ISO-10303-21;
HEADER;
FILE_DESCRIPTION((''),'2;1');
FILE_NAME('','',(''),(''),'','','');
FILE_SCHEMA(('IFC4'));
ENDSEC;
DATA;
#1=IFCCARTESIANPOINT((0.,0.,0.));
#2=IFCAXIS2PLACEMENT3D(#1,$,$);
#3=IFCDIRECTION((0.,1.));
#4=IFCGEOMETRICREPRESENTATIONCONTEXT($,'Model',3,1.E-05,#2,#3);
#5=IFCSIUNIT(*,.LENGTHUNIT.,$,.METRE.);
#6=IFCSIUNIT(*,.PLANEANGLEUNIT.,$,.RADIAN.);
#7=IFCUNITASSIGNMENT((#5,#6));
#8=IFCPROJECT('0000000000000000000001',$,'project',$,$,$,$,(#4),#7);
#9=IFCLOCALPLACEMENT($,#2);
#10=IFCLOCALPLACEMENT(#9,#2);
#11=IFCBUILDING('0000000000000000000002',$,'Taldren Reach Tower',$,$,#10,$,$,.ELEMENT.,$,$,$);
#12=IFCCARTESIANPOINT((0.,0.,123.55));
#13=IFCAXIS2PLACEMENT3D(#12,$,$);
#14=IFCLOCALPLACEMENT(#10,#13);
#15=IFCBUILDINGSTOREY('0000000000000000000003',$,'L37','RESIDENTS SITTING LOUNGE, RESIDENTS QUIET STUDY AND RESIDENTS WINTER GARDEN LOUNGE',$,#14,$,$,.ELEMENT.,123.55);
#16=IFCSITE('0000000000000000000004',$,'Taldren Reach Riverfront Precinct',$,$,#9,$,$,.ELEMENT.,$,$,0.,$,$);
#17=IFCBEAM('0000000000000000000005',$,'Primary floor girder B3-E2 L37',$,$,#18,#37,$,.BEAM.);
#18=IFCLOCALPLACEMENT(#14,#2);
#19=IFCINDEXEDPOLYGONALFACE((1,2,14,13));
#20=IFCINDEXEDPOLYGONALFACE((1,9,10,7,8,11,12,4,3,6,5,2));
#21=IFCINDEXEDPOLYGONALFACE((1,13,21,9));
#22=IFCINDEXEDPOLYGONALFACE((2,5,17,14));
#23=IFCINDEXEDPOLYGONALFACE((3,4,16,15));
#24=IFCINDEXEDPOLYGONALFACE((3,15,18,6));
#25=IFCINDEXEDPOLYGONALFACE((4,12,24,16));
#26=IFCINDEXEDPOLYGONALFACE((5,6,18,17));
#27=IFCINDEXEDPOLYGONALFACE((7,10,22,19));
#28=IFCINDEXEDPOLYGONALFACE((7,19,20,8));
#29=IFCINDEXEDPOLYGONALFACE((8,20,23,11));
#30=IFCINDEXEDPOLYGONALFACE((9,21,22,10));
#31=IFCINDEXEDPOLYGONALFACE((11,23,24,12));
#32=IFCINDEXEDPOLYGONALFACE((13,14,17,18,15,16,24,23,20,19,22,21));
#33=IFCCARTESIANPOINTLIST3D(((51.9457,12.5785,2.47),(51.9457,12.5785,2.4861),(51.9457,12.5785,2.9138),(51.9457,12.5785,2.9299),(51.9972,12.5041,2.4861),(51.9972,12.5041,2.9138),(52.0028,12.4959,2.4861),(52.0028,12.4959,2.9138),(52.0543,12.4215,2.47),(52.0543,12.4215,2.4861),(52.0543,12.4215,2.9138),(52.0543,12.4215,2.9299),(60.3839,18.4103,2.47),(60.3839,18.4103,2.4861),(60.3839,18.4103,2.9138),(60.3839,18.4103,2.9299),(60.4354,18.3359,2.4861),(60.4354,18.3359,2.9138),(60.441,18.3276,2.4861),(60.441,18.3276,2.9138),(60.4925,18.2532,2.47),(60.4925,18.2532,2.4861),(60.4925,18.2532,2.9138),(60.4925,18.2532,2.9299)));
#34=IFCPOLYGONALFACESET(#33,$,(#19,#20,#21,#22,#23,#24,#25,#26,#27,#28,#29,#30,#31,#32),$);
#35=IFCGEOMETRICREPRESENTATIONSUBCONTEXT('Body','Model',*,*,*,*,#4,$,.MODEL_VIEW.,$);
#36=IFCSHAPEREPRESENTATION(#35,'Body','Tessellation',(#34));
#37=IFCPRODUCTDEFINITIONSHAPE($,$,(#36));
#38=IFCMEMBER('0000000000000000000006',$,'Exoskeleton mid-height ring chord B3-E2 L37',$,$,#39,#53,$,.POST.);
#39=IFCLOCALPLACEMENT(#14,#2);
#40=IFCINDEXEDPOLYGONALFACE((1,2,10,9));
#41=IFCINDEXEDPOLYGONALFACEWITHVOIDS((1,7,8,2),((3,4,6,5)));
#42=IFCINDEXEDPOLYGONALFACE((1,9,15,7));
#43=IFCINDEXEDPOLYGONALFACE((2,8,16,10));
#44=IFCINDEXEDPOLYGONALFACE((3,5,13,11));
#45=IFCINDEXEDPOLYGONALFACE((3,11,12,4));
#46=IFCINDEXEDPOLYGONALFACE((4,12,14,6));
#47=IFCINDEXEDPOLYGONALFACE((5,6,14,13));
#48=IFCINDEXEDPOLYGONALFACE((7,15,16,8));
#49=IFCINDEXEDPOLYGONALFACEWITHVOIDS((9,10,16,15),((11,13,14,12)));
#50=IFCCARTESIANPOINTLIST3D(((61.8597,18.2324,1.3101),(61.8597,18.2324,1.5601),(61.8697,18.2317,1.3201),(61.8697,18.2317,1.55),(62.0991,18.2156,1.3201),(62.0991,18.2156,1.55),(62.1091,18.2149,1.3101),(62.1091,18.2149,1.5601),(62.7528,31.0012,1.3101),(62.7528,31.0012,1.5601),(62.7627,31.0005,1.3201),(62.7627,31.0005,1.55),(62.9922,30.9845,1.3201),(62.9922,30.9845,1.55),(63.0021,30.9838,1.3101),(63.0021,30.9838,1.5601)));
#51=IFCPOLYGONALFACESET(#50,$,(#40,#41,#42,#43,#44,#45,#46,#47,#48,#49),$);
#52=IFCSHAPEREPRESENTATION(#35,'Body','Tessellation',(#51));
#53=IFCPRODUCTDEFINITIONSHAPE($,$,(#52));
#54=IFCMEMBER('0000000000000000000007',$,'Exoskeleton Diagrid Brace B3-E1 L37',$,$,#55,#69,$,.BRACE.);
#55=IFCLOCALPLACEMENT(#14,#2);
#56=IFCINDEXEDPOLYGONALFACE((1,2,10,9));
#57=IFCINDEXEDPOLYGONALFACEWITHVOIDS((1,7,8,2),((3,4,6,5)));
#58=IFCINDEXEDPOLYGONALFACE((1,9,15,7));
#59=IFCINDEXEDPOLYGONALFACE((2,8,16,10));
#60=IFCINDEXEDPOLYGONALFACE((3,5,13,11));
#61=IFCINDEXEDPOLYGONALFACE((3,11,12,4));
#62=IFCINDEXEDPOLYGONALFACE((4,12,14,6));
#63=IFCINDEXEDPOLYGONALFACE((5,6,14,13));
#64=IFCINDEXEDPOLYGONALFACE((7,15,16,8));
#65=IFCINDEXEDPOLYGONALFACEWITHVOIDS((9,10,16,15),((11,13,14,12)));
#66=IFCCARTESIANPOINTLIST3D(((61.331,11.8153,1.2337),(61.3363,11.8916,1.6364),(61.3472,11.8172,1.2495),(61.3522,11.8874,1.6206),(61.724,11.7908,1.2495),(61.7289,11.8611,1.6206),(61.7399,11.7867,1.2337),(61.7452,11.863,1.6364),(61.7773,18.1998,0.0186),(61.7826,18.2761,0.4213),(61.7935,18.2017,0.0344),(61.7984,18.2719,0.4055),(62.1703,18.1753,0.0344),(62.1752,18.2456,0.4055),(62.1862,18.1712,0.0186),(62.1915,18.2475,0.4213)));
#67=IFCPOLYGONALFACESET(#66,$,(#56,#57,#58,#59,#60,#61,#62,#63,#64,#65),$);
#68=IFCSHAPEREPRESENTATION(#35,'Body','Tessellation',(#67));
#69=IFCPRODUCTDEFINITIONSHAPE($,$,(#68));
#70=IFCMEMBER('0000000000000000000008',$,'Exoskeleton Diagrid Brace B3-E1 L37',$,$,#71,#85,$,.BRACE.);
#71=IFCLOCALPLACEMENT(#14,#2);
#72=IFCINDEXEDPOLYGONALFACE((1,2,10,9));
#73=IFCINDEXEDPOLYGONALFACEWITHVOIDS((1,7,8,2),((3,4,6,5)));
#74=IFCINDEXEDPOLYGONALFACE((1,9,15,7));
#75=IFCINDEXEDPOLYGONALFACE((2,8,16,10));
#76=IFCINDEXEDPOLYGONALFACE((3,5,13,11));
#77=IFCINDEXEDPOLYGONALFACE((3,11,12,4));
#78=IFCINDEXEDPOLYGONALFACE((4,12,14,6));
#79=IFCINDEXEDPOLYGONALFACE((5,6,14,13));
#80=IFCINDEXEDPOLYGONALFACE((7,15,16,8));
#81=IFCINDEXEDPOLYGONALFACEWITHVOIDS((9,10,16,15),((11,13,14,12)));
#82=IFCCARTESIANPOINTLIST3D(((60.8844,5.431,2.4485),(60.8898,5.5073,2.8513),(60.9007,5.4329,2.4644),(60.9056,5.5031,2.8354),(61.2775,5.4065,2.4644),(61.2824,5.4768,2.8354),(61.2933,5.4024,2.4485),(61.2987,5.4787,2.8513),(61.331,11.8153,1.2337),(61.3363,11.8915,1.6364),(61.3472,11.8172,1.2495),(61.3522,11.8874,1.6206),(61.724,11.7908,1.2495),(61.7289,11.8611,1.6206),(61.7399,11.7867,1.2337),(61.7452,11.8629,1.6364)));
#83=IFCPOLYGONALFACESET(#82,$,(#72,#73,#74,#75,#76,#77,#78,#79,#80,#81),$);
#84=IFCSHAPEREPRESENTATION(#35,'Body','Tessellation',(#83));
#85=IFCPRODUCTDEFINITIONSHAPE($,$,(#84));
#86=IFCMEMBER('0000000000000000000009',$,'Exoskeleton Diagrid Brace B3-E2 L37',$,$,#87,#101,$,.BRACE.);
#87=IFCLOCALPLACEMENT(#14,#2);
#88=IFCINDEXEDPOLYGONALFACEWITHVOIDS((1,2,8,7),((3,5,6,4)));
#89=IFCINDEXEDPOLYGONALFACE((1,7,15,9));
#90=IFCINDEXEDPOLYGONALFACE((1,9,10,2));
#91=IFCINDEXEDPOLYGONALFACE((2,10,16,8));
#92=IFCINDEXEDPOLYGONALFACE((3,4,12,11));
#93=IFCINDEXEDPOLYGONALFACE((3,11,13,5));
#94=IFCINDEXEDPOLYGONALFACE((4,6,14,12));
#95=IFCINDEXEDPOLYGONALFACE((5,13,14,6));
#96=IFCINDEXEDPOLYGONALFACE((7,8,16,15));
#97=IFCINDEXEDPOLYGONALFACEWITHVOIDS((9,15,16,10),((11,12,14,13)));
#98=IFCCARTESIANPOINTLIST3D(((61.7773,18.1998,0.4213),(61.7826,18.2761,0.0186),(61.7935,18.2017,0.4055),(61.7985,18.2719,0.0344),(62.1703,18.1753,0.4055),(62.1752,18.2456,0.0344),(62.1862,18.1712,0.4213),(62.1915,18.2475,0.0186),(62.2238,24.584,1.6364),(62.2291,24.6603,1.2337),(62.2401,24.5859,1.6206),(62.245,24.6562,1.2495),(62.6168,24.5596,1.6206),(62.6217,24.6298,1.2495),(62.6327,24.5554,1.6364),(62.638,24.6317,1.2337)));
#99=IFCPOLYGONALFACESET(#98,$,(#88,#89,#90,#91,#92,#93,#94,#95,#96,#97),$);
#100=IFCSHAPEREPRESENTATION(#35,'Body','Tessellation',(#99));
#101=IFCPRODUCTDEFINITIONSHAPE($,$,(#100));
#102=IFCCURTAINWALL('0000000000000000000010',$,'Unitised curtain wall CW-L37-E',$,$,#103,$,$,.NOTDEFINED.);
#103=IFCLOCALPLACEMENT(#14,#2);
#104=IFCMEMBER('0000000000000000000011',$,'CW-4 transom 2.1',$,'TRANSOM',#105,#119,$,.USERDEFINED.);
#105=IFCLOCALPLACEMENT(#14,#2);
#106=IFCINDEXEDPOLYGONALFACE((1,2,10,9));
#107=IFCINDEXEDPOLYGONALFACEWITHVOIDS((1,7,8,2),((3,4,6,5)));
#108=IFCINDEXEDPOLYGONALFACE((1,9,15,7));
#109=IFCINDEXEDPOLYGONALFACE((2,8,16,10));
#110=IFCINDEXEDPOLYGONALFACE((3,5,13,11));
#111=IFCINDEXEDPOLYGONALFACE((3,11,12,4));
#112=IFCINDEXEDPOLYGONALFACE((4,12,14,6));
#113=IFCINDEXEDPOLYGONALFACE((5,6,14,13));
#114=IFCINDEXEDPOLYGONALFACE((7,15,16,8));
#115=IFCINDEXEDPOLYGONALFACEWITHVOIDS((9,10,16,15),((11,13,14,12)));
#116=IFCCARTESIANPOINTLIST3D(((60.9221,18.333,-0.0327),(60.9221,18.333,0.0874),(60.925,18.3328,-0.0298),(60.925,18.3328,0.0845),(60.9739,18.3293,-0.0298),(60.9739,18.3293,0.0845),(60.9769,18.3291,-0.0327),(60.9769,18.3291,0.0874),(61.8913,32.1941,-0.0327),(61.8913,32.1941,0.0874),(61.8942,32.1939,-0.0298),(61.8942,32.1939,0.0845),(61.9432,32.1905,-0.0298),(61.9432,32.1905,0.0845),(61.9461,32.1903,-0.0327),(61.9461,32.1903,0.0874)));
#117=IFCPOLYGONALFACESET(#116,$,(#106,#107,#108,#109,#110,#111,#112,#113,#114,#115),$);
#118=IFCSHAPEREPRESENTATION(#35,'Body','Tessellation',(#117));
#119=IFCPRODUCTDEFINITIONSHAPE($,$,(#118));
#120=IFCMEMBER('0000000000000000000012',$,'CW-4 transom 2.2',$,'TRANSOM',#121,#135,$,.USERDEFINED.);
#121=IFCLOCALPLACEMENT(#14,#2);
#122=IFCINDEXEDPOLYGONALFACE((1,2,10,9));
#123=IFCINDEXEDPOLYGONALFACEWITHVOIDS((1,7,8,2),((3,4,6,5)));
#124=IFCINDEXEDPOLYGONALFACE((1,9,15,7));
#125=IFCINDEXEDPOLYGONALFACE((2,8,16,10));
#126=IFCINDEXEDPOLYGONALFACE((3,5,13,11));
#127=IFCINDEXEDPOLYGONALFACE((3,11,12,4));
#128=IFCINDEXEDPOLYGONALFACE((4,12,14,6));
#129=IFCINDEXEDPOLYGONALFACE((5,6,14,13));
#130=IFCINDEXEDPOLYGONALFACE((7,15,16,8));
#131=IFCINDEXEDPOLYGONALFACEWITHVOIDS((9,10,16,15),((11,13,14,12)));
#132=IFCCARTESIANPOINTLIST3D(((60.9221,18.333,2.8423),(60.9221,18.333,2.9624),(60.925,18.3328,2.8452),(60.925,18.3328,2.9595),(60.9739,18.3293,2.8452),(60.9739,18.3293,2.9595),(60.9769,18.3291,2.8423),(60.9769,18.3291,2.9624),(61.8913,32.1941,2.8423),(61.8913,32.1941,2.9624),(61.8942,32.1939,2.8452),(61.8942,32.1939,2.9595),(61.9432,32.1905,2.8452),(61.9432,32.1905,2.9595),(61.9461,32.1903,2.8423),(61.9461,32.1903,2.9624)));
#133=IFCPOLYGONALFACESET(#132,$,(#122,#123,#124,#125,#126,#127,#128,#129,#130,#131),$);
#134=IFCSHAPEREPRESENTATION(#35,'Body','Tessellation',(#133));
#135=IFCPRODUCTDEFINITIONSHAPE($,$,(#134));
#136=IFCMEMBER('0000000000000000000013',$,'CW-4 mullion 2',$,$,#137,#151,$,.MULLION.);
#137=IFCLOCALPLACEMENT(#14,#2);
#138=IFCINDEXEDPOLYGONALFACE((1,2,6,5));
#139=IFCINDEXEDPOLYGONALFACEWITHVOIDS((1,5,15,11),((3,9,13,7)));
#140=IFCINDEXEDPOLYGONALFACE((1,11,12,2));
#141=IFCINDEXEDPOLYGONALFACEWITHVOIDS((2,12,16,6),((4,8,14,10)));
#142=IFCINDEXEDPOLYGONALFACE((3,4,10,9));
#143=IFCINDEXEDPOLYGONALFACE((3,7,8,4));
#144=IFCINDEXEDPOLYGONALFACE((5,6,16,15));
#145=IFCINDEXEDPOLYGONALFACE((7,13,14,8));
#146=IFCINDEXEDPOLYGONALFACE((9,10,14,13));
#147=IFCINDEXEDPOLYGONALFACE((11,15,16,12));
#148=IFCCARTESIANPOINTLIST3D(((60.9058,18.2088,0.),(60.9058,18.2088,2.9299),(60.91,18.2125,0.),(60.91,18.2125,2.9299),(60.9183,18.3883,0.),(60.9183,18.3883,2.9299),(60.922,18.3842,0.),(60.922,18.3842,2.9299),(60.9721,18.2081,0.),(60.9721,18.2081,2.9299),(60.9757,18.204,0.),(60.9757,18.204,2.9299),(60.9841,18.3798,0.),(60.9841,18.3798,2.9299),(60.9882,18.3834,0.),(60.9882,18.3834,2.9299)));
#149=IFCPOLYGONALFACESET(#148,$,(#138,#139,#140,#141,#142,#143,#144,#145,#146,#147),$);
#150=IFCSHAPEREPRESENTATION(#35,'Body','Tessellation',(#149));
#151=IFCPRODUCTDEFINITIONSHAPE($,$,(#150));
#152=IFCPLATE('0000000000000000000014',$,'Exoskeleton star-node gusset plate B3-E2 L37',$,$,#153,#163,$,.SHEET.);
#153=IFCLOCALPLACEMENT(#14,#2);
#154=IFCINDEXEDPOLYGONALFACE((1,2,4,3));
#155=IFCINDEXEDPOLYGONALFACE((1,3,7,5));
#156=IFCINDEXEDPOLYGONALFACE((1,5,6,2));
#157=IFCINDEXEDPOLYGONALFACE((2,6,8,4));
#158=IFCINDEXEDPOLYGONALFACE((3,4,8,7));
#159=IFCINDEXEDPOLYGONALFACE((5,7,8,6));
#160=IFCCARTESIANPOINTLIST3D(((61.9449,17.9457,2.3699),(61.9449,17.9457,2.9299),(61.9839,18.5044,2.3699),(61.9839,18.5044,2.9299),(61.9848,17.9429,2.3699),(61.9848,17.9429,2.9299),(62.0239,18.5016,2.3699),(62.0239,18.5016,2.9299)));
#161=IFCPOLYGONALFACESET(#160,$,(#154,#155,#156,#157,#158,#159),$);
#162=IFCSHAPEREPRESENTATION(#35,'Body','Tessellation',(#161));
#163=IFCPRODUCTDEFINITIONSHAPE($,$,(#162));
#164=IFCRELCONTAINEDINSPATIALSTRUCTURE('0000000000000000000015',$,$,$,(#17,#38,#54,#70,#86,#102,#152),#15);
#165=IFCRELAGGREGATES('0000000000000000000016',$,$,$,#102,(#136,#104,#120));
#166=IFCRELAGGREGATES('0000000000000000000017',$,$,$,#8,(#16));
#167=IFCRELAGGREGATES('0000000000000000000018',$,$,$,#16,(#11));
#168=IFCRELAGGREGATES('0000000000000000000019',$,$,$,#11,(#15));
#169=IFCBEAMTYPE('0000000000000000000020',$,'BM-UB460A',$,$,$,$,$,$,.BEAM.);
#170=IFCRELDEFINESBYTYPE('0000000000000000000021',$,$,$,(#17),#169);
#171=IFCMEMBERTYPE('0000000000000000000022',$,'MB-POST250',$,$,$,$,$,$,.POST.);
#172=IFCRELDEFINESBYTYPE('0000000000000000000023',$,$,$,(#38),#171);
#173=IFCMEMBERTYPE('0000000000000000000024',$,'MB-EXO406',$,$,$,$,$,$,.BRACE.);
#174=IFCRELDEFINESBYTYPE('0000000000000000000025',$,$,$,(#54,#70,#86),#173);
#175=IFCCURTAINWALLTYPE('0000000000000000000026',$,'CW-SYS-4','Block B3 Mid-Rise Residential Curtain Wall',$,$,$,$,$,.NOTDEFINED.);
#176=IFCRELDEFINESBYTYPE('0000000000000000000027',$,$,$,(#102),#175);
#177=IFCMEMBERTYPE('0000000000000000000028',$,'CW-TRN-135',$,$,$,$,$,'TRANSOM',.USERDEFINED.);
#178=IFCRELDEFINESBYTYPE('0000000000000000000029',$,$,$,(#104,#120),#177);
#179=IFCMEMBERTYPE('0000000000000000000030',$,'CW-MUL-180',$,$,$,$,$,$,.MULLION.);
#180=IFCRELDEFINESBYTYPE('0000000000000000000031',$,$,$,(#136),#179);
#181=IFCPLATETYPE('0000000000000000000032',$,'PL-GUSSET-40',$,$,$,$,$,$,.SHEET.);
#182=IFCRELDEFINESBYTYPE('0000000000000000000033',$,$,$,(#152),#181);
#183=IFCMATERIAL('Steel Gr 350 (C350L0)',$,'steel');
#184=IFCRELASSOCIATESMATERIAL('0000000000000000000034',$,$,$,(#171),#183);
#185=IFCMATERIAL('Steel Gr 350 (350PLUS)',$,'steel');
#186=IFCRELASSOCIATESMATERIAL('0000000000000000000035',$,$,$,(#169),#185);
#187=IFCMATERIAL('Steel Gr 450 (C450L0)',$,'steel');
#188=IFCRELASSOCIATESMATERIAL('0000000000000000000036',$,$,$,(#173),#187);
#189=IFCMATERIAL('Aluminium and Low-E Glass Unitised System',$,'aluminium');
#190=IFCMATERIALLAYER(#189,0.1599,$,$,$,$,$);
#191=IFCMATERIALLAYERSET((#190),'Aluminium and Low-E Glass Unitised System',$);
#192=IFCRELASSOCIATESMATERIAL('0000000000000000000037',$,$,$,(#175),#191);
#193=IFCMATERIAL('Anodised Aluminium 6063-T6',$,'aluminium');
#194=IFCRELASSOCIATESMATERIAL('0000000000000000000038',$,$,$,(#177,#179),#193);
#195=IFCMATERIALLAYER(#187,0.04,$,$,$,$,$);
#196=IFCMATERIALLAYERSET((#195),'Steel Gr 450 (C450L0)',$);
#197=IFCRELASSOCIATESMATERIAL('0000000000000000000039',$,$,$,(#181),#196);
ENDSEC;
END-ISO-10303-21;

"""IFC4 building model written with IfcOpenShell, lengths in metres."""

from ifc_helpers import new_model, si_unit, direction, frame, origin, origin_2d, place, context, subcontext, project, spatial, rectangle, hollow_rectangle, i_section, extrude, source, transform, mapped, material, layer, layer_set, material_profile, profile_set, type_object, element, aggregate, save


model = new_model("IFC4")

# Units and contexts
model_context = context("Model", 3, precision=1e-05, world=origin(), true_north=direction((0.0, 1.0)))
body_context = subcontext(model_context, "Body", "Model", "MODEL_VIEW")
ifc_project = project(units=[si_unit("LENGTHUNIT", "METRE"), si_unit("PLANEANGLEUNIT", "RADIAN")], contexts=[model_context])

# Site, building, storey
site_placement = place(None, origin())
site = spatial("IfcSite", under=ifc_project, at=site_placement, Name="Taldren Reach Riverfront Precinct", CompositionType="ELEMENT", RefElevation=0.0)
building_placement = place(site_placement, origin())
building = spatial("IfcBuilding", under=site, at=building_placement, Name="Taldren Reach Tower", CompositionType="ELEMENT")
storey_placement = place(building_placement, frame((0.0, 0.0, 123.55)))
storey = spatial("IfcBuildingStorey", under=building, at=storey_placement, Name="L37", Description="RESIDENTS SITTING LOUNGE, RESIDENTS QUIET STUDY AND RESIDENTS WINTER GARDEN LOUNGE", CompositionType="ELEMENT", Elevation=123.55)

# Shared definitions
ifc_material_1 = material(Name="Steel Gr 350 (350PLUS)", Category="steel")

# Shared definitions
ifc_material_2 = material(Name="Steel Gr 450 (C450L0)", Category="steel")
ifc_material_3 = material(Name="Steel Gr 350 (C350L0)", Category="steel")
ifc_material_profile_1 = material_profile(ifc_material_3, hollow_rectangle(XDim=0.25, YDim=0.25, WallThickness=0.01, at=origin_2d()), Name="250x250x10.0SHS")
ifc_profile_set_1 = profile_set([ifc_material_profile_1], Name="Steel Gr 350 (C350L0)")
member_type_1 = type_object("IfcMemberType", Name="MB-POST250", PredefinedType="POST", material=ifc_profile_set_1)

# Beam
ifc_material_profile_2 = material_profile(ifc_material_1, i_section(OverallWidth=0.1909, OverallDepth=0.46, WebThickness=0.01, FlangeThickness=0.0161, at=origin_2d()), Name="460UB82.1")
ifc_profile_set_2 = profile_set([ifc_material_profile_2], Name="Steel Gr 350 (350PLUS)")
beam_type_1 = type_object("IfcBeamType", Name="BM-UB460A", PredefinedType="BEAM", material=ifc_profile_set_2)
shared_shape_1 = source(origin(), body_context, "Body", "SweptSolid", [
    extrude(i_section(OverallWidth=0.1909, OverallDepth=0.46, WebThickness=0.01, FlangeThickness=0.0161, at=origin_2d()), origin(), (0.0, 0.0, 1.0), 10.2573),
])
beam_1_placement = place(storey_placement, frame((52.0, 12.5, 2.7), z_axis=(0.822651, 0.568546, 0.0), x_axis=(-0.568546, 0.822651, 0.0)))
element("IfcBeam", 1, at=beam_1_placement, inside=storey, type_object=beam_type_1, Name="Primary floor girder B3-E2 L37", PredefinedType="BEAM", context=body_context, shape_type="MappedRepresentation", body=[
    mapped(shared_shape_1, transform((0.0, 0.0, 0.0), scale=1.0)),
])

# Members
shared_shape_2 = source(origin(), body_context, "Body", "SweptSolid", [
    extrude(hollow_rectangle(XDim=0.25, YDim=0.25, WallThickness=0.01, at=origin_2d()), origin(), (0.0, 0.0, 1.0), 12.8),
])
member_1_placement = place(storey_placement, frame((61.9844, 18.2236, 1.4351), z_axis=(0.069771, 0.997563, 0.0), x_axis=(-0.997563, 0.069771, 0.0)))
element("IfcMember", 2, at=member_1_placement, inside=storey, type_object=member_type_1, Name="Exoskeleton mid-height ring chord B3-E2 L37", PredefinedType="POST", context=body_context, shape_type="MappedRepresentation", body=[
    mapped(shared_shape_2, transform((0.0, 0.0, 0.0), scale=1.0)),
])
ifc_material_profile_3 = material_profile(ifc_material_2, hollow_rectangle(XDim=0.4099, YDim=0.4099, WallThickness=0.0161, at=origin_2d()), Name="410x410x16.0SHS")
ifc_profile_set_3 = profile_set([ifc_material_profile_3], Name="Steel Gr 450 (C450L0)")
member_type_2 = type_object("IfcMemberType", Name="MB-EXO406", PredefinedType="BRACE", material=ifc_profile_set_3)
shared_shape_3 = source(origin(), body_context, "Body", "SweptSolid", [
    extrude(hollow_rectangle(XDim=0.4099, YDim=0.4099, WallThickness=0.0161, at=origin_2d()), origin(), (0.0, 0.0, 1.0), 6.5144),
])
member_2_placement = place(storey_placement, frame((61.9844, 18.2236, 0.22), z_axis=(-0.068508, -0.980059, 0.186523), x_axis=(0.997566, -0.069732, 0.0)))
element("IfcMember", 3, at=member_2_placement, inside=storey, type_object=member_type_2, Name="Exoskeleton Diagrid Brace B3-E1 L37", PredefinedType="BRACE", context=body_context, shape_type="MappedRepresentation", body=[
    mapped(shared_shape_3, transform((0.0, 0.0, 0.0), scale=1.0)),
])
shared_shape_4 = source(origin(), body_context, "Body", "SweptSolid", [
    extrude(hollow_rectangle(XDim=0.4099, YDim=0.4099, WallThickness=0.0161, at=origin_2d()), origin(), (0.0, 0.0, 1.0), 6.5142),
])
for number, where, z_axis, x_axis, name in (
    (4, (61.5381, 11.8391, 1.4351), (-0.068548, -0.980062, 0.186493), (0.997563, -0.069772, 0.0), "Exoskeleton Diagrid Brace B3-E1 L37"),
    (5, (61.9844, 18.2236, 0.22), (0.068548, 0.980055, 0.186529), (-0.997563, 0.069772, 0.0), "Exoskeleton Diagrid Brace B3-E2 L37"),
):
    element("IfcMember", number, at=place(storey_placement, frame(where, z_axis=z_axis, x_axis=x_axis)), inside=storey, type_object=member_type_2, Name=name, PredefinedType="BRACE", context=body_context, shape_type="MappedRepresentation", body=[
        mapped(shared_shape_4, transform((0.0, 0.0, 0.0), scale=1.0)),
    ])

# Curtain wall, members
ifc_material_4 = material(Name="Aluminium and Low-E Glass Unitised System", Category="aluminium")
ifc_layer_1 = layer(ifc_material_4, 0.1599)
ifc_layer_set_1 = layer_set([ifc_layer_1], Name="Aluminium and Low-E Glass Unitised System")
curtain_wall_type = type_object("IfcCurtainWallType", Name="CW-SYS-4", Description="Block B3 Mid-Rise Residential Curtain Wall", PredefinedType="NOTDEFINED", material=ifc_layer_set_1)
curtain_wall_placement = place(storey_placement, origin())
curtain_wall = element("IfcCurtainWall", 6, at=curtain_wall_placement, inside=storey, type_object=curtain_wall_type, Name="Unitised curtain wall CW-L37-E", PredefinedType="NOTDEFINED")
ifc_material_5 = material(Name="Anodised Aluminium 6063-T6", Category="aluminium")
ifc_material_profile_4 = material_profile(ifc_material_5, hollow_rectangle(XDim=0.0549, YDim=0.1201, WallThickness=0.0029, at=origin_2d()), Name="ALU-120x55x3RHS")
ifc_profile_set_4 = profile_set([ifc_material_profile_4], Name="Anodised Aluminium 6063-T6")
member_type_3 = type_object("IfcMemberType", Name="CW-TRN-135", ElementType="TRANSOM", PredefinedType="USERDEFINED", material=ifc_profile_set_4)
shared_shape_5 = source(origin(), body_context, "Body", "SweptSolid", [
    extrude(hollow_rectangle(XDim=0.0549, YDim=0.1201, WallThickness=0.0029, at=origin_2d()), origin(), (0.0, 0.0, 1.0), 13.895),
])
member_3_placement = place(storey_placement, frame((60.9495, 18.3311, 0.0273), z_axis=(0.069755, 0.997564, 0.0), x_axis=(-0.997564, 0.069755, 0.0)))
member_3 = element("IfcMember", 7, at=member_3_placement, type_object=member_type_3, Name="CW-4 transom 2.1", ObjectType="TRANSOM", PredefinedType="USERDEFINED", context=body_context, shape_type="MappedRepresentation", body=[
    mapped(shared_shape_5, transform((0.0, 0.0, 0.0), scale=1.0)),
])
member_4_placement = place(storey_placement, frame((60.9495, 18.3311, 2.9023), z_axis=(0.069755, 0.997564, 0.0), x_axis=(-0.997564, 0.069755, 0.0)))
member_4 = element("IfcMember", 8, at=member_4_placement, type_object=member_type_3, Name="CW-4 transom 2.2", ObjectType="TRANSOM", PredefinedType="USERDEFINED", context=body_context, shape_type="MappedRepresentation", body=[
    mapped(shared_shape_5, transform((0.0, 0.0, 0.0), scale=1.0)),
])
ifc_material_profile_5 = material_profile(ifc_material_5, hollow_rectangle(XDim=0.0701, YDim=0.1799, WallThickness=0.0039, at=origin_2d()), Name="ALU-180x70x4RHS")
ifc_profile_set_5 = profile_set([ifc_material_profile_5], Name="Anodised Aluminium 6063-T6")
member_type_4 = type_object("IfcMemberType", Name="CW-MUL-180", PredefinedType="MULLION", material=ifc_profile_set_5)
shared_shape_6 = source(origin(), body_context, "Body", "SweptSolid", [
    extrude(hollow_rectangle(XDim=0.0701, YDim=0.1799, WallThickness=0.0039, at=origin_2d()), origin(), (0.0, 0.0, 1.0), 2.9299),
])
member_5_placement = place(storey_placement, frame((60.947, 18.2961, 0.0), z_axis=(0.0, 0.0, 1.0), x_axis=(-0.997564, 0.069756, 0.0)))
member_5 = element("IfcMember", 9, at=member_5_placement, type_object=member_type_4, Name="CW-4 mullion 2", PredefinedType="MULLION", context=body_context, shape_type="MappedRepresentation", body=[
    mapped(shared_shape_6, transform((0.0, 0.0, 0.0), scale=1.0)),
])

# Plate
ifc_layer_2 = layer(ifc_material_2, 0.04)
ifc_layer_set_2 = layer_set([ifc_layer_2], Name="Steel Gr 450 (C450L0)")
plate_type_1 = type_object("IfcPlateType", Name="PL-GUSSET-40", PredefinedType="SHEET", material=ifc_layer_set_2)
shared_shape_7 = source(origin(), body_context, "Body", "SweptSolid", [
    extrude(rectangle(XDim=0.5601, YDim=0.04, at=origin_2d()), origin(), (0.0, 0.0, 1.0), 0.5601),
])
plate_1_placement = place(storey_placement, frame((61.9844, 18.2236, 2.3699), z_axis=(0.0, 0.0, 1.0), x_axis=(0.069756, 0.997564, 0.0)))
element("IfcPlate", 10, at=plate_1_placement, inside=storey, type_object=plate_type_1, Name="Exoskeleton star-node gusset plate B3-E2 L37", PredefinedType="SHEET", context=body_context, shape_type="MappedRepresentation", body=[
    mapped(shared_shape_7, transform((0.0, 0.0, 0.0), scale=1.0)),
])
aggregate(curtain_wall, [member_5, member_3, member_4])

save(model, "model.ifc")
